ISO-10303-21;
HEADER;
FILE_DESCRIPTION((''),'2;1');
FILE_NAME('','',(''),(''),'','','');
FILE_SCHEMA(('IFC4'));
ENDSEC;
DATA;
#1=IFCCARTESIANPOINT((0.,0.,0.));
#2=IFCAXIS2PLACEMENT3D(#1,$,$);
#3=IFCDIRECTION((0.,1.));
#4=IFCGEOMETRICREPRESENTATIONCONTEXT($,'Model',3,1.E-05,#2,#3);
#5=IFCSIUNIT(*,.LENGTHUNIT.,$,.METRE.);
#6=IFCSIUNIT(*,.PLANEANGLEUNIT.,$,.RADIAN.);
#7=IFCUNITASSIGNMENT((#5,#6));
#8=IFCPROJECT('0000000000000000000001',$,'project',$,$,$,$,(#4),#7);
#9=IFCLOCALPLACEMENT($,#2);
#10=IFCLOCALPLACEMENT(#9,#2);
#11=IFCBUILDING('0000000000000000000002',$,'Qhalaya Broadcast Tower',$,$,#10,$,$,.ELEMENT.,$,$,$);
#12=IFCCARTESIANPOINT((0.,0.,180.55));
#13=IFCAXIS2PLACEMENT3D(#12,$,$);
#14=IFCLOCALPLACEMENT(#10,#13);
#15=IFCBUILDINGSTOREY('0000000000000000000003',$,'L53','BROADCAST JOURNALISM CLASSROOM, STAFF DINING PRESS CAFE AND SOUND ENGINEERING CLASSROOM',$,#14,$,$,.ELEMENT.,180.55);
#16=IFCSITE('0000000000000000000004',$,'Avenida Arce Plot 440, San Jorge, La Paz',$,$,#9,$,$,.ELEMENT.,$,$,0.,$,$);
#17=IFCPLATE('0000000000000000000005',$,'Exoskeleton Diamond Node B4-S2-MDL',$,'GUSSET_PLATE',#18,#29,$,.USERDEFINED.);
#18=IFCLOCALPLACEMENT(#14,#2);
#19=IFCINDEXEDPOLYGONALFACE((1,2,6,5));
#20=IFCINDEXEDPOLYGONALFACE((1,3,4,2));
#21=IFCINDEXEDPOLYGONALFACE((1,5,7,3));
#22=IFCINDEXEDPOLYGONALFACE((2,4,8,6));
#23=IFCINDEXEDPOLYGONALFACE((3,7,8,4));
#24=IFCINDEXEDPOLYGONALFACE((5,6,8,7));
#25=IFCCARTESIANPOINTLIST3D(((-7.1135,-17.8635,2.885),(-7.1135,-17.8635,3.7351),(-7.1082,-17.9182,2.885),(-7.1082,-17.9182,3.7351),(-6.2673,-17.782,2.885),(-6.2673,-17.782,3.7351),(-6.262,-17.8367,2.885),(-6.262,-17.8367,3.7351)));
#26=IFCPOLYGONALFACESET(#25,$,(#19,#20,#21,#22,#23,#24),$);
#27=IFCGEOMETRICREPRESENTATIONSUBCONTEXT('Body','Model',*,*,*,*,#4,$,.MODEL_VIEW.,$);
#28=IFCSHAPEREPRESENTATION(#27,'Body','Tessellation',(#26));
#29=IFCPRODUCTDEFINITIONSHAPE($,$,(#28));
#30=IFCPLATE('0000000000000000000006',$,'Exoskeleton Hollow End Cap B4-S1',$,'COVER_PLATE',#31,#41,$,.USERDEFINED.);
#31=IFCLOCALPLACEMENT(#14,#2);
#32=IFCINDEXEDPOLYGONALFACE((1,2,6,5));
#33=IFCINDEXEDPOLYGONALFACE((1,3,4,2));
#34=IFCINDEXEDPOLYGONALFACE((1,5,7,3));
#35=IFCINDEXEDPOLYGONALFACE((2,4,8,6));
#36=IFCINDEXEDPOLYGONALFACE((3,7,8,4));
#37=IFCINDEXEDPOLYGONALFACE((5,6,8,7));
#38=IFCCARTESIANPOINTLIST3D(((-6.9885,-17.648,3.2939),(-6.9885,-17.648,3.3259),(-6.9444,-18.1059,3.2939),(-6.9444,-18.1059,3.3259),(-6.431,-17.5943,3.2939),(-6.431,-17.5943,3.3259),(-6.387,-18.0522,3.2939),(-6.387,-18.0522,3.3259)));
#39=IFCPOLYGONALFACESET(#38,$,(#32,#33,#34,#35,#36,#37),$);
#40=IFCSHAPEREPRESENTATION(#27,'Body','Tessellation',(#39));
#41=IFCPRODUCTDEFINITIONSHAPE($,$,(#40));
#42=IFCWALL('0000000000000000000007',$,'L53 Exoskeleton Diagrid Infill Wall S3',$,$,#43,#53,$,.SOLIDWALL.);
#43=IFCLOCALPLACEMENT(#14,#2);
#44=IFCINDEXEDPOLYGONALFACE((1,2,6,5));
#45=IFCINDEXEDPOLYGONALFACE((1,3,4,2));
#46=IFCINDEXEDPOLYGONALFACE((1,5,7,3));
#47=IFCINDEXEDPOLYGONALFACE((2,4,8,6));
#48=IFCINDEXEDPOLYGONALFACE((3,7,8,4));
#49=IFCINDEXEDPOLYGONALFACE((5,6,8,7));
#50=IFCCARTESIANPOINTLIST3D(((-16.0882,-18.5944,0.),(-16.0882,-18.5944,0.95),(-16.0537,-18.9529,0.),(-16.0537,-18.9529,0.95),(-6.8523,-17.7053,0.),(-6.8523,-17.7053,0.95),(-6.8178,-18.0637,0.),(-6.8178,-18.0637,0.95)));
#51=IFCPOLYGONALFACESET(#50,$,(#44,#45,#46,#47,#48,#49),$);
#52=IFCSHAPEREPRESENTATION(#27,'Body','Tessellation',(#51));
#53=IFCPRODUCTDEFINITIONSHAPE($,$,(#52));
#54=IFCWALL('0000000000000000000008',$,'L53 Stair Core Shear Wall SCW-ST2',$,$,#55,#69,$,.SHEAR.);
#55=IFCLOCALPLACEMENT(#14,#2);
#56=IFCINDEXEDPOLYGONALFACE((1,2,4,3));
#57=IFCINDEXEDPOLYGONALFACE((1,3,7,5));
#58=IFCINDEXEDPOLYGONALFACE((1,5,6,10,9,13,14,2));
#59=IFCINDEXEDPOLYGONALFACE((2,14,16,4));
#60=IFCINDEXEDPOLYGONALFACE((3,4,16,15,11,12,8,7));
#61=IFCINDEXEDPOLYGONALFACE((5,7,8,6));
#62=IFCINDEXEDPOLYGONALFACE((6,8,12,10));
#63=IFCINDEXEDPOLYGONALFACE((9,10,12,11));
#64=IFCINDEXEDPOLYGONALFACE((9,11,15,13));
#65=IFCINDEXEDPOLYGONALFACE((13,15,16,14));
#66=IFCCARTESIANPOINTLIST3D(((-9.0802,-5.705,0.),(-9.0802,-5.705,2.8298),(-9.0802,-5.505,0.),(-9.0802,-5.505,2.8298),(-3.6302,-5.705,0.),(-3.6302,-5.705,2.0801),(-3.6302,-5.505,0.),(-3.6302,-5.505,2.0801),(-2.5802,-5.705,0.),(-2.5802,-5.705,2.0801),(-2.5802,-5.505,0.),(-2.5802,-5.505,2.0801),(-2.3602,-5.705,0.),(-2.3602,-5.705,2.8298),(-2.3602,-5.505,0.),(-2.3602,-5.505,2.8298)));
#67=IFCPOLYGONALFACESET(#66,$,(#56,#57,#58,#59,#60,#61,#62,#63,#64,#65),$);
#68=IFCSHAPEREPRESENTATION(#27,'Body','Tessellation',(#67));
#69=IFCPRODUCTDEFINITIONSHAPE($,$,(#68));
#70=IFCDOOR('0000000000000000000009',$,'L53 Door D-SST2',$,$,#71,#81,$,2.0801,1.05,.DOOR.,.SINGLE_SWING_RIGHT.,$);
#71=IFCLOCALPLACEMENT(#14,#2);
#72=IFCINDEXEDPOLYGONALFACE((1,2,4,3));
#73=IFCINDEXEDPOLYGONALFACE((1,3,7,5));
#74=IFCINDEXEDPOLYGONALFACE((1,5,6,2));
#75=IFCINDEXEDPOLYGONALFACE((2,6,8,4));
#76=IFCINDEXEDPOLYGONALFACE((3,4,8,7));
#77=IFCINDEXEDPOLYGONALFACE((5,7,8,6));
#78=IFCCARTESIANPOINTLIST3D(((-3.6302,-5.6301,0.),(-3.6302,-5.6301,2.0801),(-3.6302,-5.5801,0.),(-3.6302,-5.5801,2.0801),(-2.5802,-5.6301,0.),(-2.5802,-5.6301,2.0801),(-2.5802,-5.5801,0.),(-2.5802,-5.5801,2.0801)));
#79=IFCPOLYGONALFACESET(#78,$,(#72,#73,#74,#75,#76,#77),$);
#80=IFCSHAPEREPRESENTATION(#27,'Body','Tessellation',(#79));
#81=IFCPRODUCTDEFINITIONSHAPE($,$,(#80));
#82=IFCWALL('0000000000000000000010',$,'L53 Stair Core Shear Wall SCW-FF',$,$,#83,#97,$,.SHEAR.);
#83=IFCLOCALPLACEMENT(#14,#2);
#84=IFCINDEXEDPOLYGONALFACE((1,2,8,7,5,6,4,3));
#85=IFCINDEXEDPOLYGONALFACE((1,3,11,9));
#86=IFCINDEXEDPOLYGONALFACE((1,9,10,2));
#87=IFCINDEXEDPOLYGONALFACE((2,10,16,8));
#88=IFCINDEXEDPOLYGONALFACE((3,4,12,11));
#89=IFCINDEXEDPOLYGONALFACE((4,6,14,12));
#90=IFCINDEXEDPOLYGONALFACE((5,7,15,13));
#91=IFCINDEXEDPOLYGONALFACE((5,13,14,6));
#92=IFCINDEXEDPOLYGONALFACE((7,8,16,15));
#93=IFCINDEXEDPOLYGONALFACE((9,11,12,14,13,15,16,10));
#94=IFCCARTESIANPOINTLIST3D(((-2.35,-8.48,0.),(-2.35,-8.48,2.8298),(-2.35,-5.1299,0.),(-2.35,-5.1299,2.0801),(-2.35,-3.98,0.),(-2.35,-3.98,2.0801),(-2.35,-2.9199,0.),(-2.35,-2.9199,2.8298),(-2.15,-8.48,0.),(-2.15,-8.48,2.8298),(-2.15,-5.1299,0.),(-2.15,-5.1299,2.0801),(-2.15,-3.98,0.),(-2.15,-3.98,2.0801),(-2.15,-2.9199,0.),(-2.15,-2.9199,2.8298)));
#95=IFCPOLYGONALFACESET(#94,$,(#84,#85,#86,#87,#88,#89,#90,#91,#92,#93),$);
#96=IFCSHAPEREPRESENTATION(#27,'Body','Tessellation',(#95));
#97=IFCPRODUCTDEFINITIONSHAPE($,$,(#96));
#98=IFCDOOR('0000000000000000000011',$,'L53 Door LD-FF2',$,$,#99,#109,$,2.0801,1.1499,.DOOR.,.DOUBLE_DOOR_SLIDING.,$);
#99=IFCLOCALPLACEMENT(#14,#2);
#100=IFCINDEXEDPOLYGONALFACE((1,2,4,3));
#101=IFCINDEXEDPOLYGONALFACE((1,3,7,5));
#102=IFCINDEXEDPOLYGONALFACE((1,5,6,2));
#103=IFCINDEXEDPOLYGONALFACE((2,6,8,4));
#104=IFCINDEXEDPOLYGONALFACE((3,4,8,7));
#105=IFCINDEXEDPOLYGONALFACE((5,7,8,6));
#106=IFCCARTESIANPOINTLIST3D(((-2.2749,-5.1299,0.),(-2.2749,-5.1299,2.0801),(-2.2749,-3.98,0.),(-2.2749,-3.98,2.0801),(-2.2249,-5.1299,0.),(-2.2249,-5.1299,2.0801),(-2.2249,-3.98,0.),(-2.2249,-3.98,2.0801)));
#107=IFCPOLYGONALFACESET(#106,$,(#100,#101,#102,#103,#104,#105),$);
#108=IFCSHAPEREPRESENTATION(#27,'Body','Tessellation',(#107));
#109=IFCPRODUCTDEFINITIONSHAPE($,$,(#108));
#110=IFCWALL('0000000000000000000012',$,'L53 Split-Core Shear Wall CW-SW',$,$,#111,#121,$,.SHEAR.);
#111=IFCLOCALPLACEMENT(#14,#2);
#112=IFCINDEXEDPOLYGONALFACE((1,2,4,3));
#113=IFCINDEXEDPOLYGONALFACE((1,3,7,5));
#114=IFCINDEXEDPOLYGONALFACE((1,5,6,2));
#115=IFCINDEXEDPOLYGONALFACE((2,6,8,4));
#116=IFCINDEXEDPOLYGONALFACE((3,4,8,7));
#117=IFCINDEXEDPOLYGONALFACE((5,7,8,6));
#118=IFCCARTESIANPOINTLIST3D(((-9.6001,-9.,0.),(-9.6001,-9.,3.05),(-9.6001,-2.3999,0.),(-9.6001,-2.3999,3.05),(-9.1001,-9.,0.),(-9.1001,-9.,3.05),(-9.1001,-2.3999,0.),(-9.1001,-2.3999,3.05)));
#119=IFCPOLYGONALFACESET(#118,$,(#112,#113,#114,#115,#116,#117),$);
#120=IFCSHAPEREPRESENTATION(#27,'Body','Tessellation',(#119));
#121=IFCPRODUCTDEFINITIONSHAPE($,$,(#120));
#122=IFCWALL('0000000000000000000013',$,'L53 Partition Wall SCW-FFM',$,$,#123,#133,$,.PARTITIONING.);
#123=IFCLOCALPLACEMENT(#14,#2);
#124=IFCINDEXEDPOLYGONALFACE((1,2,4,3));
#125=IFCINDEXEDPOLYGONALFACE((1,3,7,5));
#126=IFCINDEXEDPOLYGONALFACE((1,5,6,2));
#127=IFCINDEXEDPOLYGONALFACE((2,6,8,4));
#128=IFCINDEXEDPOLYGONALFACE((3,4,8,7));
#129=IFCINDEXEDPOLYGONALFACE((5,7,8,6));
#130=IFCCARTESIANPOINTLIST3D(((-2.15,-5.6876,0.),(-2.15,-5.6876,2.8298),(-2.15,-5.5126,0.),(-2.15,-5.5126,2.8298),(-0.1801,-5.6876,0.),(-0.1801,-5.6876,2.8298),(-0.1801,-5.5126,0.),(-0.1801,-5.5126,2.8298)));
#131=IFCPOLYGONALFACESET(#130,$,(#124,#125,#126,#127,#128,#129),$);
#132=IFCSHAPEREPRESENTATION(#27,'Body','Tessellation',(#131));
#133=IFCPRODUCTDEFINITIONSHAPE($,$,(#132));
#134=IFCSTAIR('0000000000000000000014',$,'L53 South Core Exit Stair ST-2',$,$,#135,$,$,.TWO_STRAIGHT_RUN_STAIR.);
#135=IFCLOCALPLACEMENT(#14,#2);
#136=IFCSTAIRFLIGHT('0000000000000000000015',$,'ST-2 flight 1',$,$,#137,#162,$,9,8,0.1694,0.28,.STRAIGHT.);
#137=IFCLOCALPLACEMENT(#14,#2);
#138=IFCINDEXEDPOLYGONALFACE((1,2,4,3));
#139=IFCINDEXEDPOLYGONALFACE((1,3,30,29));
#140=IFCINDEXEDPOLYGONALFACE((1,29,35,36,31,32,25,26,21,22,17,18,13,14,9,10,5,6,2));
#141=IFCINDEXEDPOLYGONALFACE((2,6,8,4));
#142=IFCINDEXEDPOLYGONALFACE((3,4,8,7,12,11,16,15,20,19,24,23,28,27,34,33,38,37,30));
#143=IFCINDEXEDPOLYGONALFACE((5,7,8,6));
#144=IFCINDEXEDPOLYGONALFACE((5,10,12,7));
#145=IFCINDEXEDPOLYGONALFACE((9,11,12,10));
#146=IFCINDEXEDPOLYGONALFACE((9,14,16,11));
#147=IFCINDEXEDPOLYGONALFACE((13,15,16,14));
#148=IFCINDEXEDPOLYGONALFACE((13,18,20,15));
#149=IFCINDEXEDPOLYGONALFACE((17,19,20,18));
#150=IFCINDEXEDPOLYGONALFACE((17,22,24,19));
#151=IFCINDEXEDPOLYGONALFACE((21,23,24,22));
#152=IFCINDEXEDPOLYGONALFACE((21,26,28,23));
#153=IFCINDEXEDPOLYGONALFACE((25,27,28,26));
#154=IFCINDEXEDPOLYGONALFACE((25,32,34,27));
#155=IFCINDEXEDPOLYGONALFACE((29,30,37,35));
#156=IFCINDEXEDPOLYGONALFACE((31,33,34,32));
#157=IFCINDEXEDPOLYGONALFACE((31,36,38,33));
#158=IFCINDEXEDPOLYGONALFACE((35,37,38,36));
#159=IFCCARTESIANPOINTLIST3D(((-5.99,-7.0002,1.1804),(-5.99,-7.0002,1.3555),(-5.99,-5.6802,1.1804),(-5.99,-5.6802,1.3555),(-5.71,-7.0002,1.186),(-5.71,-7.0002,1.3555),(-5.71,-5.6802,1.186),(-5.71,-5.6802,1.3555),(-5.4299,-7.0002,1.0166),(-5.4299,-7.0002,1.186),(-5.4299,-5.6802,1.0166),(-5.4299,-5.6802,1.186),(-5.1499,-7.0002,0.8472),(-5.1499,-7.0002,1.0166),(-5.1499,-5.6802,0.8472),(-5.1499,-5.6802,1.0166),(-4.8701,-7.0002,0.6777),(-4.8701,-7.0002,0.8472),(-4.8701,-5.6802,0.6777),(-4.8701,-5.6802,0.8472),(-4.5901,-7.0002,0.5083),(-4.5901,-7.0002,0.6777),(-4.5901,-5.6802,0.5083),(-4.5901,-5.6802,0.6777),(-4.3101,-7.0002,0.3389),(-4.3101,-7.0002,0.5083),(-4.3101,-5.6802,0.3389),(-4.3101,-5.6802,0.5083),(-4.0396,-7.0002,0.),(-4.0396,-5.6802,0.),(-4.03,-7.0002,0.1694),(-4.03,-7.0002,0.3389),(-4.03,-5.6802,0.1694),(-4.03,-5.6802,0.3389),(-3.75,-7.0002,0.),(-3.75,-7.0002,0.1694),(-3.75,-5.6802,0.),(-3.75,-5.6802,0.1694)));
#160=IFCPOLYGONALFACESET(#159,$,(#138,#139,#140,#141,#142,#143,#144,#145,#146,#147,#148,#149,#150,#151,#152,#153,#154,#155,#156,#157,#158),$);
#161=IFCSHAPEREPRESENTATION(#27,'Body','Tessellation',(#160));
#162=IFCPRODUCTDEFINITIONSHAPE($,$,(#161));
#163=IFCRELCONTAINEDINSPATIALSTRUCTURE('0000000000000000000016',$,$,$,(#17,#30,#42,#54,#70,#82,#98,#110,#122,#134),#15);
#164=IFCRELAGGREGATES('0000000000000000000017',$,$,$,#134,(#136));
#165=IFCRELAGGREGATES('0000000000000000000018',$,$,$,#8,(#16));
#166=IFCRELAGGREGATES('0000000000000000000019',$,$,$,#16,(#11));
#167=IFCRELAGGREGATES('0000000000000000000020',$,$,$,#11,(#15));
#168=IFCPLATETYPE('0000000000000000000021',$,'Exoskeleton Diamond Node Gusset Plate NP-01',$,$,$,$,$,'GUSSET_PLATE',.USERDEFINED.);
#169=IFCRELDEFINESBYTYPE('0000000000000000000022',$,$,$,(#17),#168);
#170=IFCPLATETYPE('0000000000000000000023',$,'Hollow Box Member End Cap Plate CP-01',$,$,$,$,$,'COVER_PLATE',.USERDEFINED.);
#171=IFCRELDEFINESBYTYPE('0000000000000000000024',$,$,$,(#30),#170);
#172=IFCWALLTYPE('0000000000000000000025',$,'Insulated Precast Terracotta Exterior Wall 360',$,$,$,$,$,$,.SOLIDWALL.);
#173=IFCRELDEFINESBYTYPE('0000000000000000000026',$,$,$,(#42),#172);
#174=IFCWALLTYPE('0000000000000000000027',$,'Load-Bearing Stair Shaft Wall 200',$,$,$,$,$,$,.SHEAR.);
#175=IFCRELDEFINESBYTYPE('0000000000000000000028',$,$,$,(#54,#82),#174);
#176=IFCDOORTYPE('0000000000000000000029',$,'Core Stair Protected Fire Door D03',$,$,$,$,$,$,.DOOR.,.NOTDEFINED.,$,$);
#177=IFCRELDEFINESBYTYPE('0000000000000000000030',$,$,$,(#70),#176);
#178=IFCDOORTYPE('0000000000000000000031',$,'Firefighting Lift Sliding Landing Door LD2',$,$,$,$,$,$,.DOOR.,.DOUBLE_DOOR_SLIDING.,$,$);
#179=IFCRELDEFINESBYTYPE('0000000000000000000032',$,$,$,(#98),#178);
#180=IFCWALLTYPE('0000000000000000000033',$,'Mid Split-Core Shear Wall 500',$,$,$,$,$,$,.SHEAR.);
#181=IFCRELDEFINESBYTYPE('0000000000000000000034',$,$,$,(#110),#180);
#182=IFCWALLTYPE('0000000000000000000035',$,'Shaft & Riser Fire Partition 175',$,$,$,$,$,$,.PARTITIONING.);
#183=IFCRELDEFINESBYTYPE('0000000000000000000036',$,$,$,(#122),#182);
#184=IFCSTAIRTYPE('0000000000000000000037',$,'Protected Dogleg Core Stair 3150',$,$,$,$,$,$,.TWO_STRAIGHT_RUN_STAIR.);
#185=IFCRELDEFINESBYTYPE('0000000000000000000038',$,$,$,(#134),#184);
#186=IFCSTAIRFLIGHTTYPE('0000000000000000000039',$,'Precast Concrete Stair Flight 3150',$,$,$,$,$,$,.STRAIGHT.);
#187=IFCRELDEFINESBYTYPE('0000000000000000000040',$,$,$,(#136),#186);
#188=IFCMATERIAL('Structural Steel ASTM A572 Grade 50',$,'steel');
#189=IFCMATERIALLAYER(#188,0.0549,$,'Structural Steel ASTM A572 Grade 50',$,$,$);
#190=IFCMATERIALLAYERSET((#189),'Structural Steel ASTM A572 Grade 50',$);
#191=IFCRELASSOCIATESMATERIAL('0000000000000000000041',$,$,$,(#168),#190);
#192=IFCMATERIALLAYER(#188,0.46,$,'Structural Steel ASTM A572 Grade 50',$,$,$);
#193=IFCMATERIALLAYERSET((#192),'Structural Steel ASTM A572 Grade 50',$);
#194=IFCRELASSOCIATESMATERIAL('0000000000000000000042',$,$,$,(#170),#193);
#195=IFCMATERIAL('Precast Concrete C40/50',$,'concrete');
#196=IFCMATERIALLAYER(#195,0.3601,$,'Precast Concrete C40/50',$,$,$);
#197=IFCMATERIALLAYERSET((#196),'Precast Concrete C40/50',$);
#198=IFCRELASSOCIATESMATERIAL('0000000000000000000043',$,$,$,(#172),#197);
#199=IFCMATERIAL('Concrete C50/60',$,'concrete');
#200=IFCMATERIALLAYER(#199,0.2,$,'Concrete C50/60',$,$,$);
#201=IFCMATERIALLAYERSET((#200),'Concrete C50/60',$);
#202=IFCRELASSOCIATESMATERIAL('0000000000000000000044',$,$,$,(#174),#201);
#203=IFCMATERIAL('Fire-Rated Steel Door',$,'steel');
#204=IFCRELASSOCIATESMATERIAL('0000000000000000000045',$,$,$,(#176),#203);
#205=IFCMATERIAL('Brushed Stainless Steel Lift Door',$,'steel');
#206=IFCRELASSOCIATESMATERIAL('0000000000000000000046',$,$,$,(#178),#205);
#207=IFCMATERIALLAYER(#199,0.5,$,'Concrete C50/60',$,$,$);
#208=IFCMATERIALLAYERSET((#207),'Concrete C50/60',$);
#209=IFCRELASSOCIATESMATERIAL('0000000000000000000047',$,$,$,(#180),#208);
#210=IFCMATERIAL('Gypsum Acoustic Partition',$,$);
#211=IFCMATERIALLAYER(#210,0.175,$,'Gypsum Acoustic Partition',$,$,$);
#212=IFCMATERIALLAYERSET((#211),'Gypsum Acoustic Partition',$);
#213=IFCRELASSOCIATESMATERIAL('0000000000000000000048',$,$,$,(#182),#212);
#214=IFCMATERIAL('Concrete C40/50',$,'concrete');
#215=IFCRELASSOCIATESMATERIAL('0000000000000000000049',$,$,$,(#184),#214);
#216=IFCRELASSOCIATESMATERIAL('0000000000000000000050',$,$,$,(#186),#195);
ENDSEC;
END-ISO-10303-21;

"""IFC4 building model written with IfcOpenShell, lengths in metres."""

from ifc_helpers import new_model, si_unit, direction, frame, frame_2d, origin, origin_2d, place, context, subcontext, project, spatial, polyline, rectangle, outline, extrude, material, layer, layer_set, type_object, element, fill, aggregate, save


model = new_model("IFC4")

# Units and contexts
model_context = context("Model", 3, precision=1e-05, world=origin(), true_north=direction((0.0, 1.0)))
body_context = subcontext(model_context, "Body", "Model", "MODEL_VIEW")
ifc_project = project(units=[si_unit("LENGTHUNIT", "METRE"), si_unit("PLANEANGLEUNIT", "RADIAN")], contexts=[model_context])

# Site, building, storey
site_placement = place(None, origin())
site = spatial("IfcSite", under=ifc_project, at=site_placement, Name="Avenida Arce Plot 440, San Jorge, La Paz", CompositionType="ELEMENT", RefElevation=0.0)
building_placement = place(site_placement, origin())
building = spatial("IfcBuilding", under=site, at=building_placement, Name="Qhalaya Broadcast Tower", CompositionType="ELEMENT")
storey_placement = place(building_placement, frame((0.0, 0.0, 180.55)))
storey = spatial("IfcBuildingStorey", under=building, at=storey_placement, Name="L53", Description="BROADCAST JOURNALISM CLASSROOM, STAFF DINING PRESS CAFE AND SOUND ENGINEERING CLASSROOM", CompositionType="ELEMENT", Elevation=180.55)

# Shared definitions
ifc_material_1 = material(Name="Concrete C50/60", Category="concrete")
ifc_material_2 = material(Name="Structural Steel ASTM A572 Grade 50", Category="steel")

# Plates
ifc_layer_1 = layer(ifc_material_2, 0.0549, Name="Structural Steel ASTM A572 Grade 50")
ifc_layer_set_1 = layer_set([ifc_layer_1], Name="Structural Steel ASTM A572 Grade 50")
plate_type_1 = type_object("IfcPlateType", Name="Exoskeleton Diamond Node Gusset Plate NP-01", ElementType="GUSSET_PLATE", PredefinedType="USERDEFINED", material=ifc_layer_set_1)
plate_1_placement = place(storey_placement, frame((-6.6877, -17.8501, 2.885), z_axis=(0.0, 0.0, 1.0), x_axis=(0.995396, 0.095846, 0.0)))
element("IfcPlate", 1, at=plate_1_placement, inside=storey, type_object=plate_type_1, Name="Exoskeleton Diamond Node B4-S2-MDL", ObjectType="GUSSET_PLATE", PredefinedType="USERDEFINED", context=body_context, shape_type="SweptSolid", body=[
    extrude(rectangle(XDim=0.8501, YDim=0.0549, at=origin_2d()), origin(), (0.0, 0.0, 1.0), 0.8501),
])
ifc_layer_2 = layer(ifc_material_2, 0.46, Name="Structural Steel ASTM A572 Grade 50")
ifc_layer_set_2 = layer_set([ifc_layer_2], Name="Structural Steel ASTM A572 Grade 50")
plate_type_2 = type_object("IfcPlateType", Name="Hollow Box Member End Cap Plate CP-01", ElementType="COVER_PLATE", PredefinedType="USERDEFINED", material=ifc_layer_set_2)
plate_2_placement = place(storey_placement, frame((-6.6877, -17.8501, 3.2939), z_axis=(0.0, 0.0, 1.0), x_axis=(0.995396, 0.095846, 0.0)))
element("IfcPlate", 2, at=plate_2_placement, inside=storey, type_object=plate_type_2, Name="Exoskeleton Hollow End Cap B4-S1", ObjectType="COVER_PLATE", PredefinedType="USERDEFINED", context=body_context, shape_type="SweptSolid", body=[
    extrude(rectangle(XDim=0.5601, YDim=0.46, at=origin_2d()), origin(), (0.0, 0.0, 1.0), 0.032),
])

# Wall
ifc_material_3 = material(Name="Precast Concrete C40/50", Category="concrete")
ifc_layer_3 = layer(ifc_material_3, 0.3601, Name="Precast Concrete C40/50")
ifc_layer_set_3 = layer_set([ifc_layer_3], Name="Precast Concrete C40/50")
wall_type_1 = type_object("IfcWallType", Name="Insulated Precast Terracotta Exterior Wall 360", PredefinedType="SOLIDWALL", material=ifc_layer_set_3)
wall_1_placement = place(storey_placement, frame((-6.8352, -17.8845, 0.0), z_axis=(0.0, 0.0, 1.0), x_axis=(-0.995398, -0.09583, 0.0)))
element("IfcWall", 3, at=wall_1_placement, inside=storey, type_object=wall_type_1, Name="L53 Exoskeleton Diagrid Infill Wall S3", PredefinedType="SOLIDWALL", context=body_context, shape_type="SweptSolid", body=[
    extrude(rectangle(XDim=9.2786, YDim=0.3601, at=frame_2d((4.6392, 0.0))), origin(), (0.0, 0.0, 1.0), 0.95),
])

# Walls, openings, doors
ifc_layer_4 = layer(ifc_material_1, 0.2, Name="Concrete C50/60")
ifc_layer_set_4 = layer_set([ifc_layer_4], Name="Concrete C50/60")
wall_type_2 = type_object("IfcWallType", Name="Load-Bearing Stair Shaft Wall 200", PredefinedType="SHEAR", material=ifc_layer_set_4)
wall_2_placement = place(storey_placement, frame((-9.0801, -5.605, 0.0), z_axis=(0.0, 0.0, 1.0), x_axis=(1.0, 0.0, 0.0)))
wall_2 = element("IfcWall", 4, at=wall_2_placement, inside=storey, type_object=wall_type_2, Name="L53 Stair Core Shear Wall SCW-ST2", PredefinedType="SHEAR", context=body_context, shape_type="SweptSolid", body=[
    extrude(rectangle(XDim=6.72, YDim=0.2, at=frame_2d((3.3599, 0.0))), origin(), (0.0, 0.0, 1.0), 2.8298),
])
opening_1_placement = place(wall_2_placement, frame((5.45, 0.0, 0.0)))
opening_1 = element("IfcOpeningElement", 5, at=opening_1_placement, cuts=wall_2, PredefinedType="OPENING", context=body_context, shape_type="SweptSolid", body=[
    extrude(rectangle(XDim=1.05, YDim=2.0801, at=frame_2d((0.5249, 1.04))), frame((0.0, 0.1121, 0.0), z_axis=(0.0, -1.0, 0.0), x_axis=(1.0, 0.0, 0.0)), (0.0, 0.0, 1.0), 0.2239),
])
ifc_material_4 = material(Name="Fire-Rated Steel Door", Category="steel")
door_type_1 = type_object("IfcDoorType", Name="Core Stair Protected Fire Door D03", OperationType="NOTDEFINED", PredefinedType="DOOR", material=ifc_material_4)
door_1_placement = place(opening_1_placement, origin())
door_1 = element("IfcDoor", 6, at=door_1_placement, inside=storey, type_object=door_type_1, Name="L53 Door D-SST2", OperationType="SINGLE_SWING_RIGHT", OverallHeight=2.0801, OverallWidth=1.05, PredefinedType="DOOR", context=body_context, shape_type="SweptSolid", body=[
    extrude(rectangle(XDim=1.05, YDim=2.0801, at=frame_2d((0.5249, 1.04))), frame((0.0, 0.0249, 0.0), z_axis=(0.0, -1.0, 0.0), x_axis=(1.0, 0.0, 0.0)), (0.0, 0.0, 1.0), 0.05),
])
fill(opening_1, door_1)
wall_3_placement = place(storey_placement, frame((-2.25, -8.48, 0.0), z_axis=(0.0, 0.0, 1.0), x_axis=(0.0, 1.0, 0.0)))
wall_3 = element("IfcWall", 7, at=wall_3_placement, inside=storey, type_object=wall_type_2, Name="L53 Stair Core Shear Wall SCW-FF", PredefinedType="SHEAR", context=body_context, shape_type="SweptSolid", body=[
    extrude(rectangle(XDim=5.5601, YDim=0.2, at=frame_2d((2.78, 0.0))), origin(), (0.0, 0.0, 1.0), 2.8298),
])
opening_2_placement = place(wall_3_placement, frame((3.3501, 0.0, 0.0)))
opening_2 = element("IfcOpeningElement", 8, at=opening_2_placement, cuts=wall_3, PredefinedType="OPENING", context=body_context, shape_type="SweptSolid", body=[
    extrude(rectangle(XDim=1.1499, YDim=2.0801, at=frame_2d((0.575, 1.04))), frame((0.0, 0.1121, 0.0), z_axis=(0.0, -1.0, 0.0), x_axis=(1.0, 0.0, 0.0)), (0.0, 0.0, 1.0), 0.2239),
])
ifc_material_5 = material(Name="Brushed Stainless Steel Lift Door", Category="steel")
door_type_2 = type_object("IfcDoorType", Name="Firefighting Lift Sliding Landing Door LD2", OperationType="DOUBLE_DOOR_SLIDING", PredefinedType="DOOR", material=ifc_material_5)
door_2_placement = place(opening_2_placement, origin())
door_2 = element("IfcDoor", 9, at=door_2_placement, inside=storey, type_object=door_type_2, Name="L53 Door LD-FF2", OperationType="DOUBLE_DOOR_SLIDING", OverallHeight=2.0801, OverallWidth=1.1499, PredefinedType="DOOR", context=body_context, shape_type="SweptSolid", body=[
    extrude(rectangle(XDim=1.1499, YDim=2.0801, at=frame_2d((0.575, 1.04))), frame((0.0, 0.0249, 0.0), z_axis=(0.0, -1.0, 0.0), x_axis=(1.0, 0.0, 0.0)), (0.0, 0.0, 1.0), 0.05),
])
fill(opening_2, door_2)

# Walls
ifc_layer_5 = layer(ifc_material_1, 0.5, Name="Concrete C50/60")
ifc_layer_set_5 = layer_set([ifc_layer_5], Name="Concrete C50/60")
wall_type_3 = type_object("IfcWallType", Name="Mid Split-Core Shear Wall 500", PredefinedType="SHEAR", material=ifc_layer_set_5)
wall_4_placement = place(storey_placement, frame((-9.3501, -9.0, 0.0), z_axis=(0.0, 0.0, 1.0), x_axis=(0.0, 1.0, 0.0)))
element("IfcWall", 10, at=wall_4_placement, inside=storey, type_object=wall_type_3, Name="L53 Split-Core Shear Wall CW-SW", PredefinedType="SHEAR", context=body_context, shape_type="SweptSolid", body=[
    extrude(rectangle(XDim=6.6001, YDim=0.5, at=frame_2d((3.3, 0.0))), origin(), (0.0, 0.0, 1.0), 3.05),
])
ifc_material_6 = material(Name="Gypsum Acoustic Partition")
ifc_layer_6 = layer(ifc_material_6, 0.175, Name="Gypsum Acoustic Partition")
ifc_layer_set_6 = layer_set([ifc_layer_6], Name="Gypsum Acoustic Partition")
wall_type_4 = type_object("IfcWallType", Name="Shaft & Riser Fire Partition 175", PredefinedType="PARTITIONING", material=ifc_layer_set_6)
wall_5_placement = place(storey_placement, frame((-2.1499, -5.6001, 0.0), z_axis=(0.0, 0.0, 1.0), x_axis=(1.0, 0.0, 0.0)))
element("IfcWall", 11, at=wall_5_placement, inside=storey, type_object=wall_type_4, Name="L53 Partition Wall SCW-FFM", PredefinedType="PARTITIONING", context=body_context, shape_type="SweptSolid", body=[
    extrude(rectangle(XDim=1.97, YDim=0.175, at=frame_2d((0.9849, 0.0))), origin(), (0.0, 0.0, 1.0), 2.8298),
])

# Stair, stair flight
ifc_material_7 = material(Name="Concrete C40/50", Category="concrete")
stair_type = type_object("IfcStairType", Name="Protected Dogleg Core Stair 3150", PredefinedType="TWO_STRAIGHT_RUN_STAIR", material=ifc_material_7)
stair_placement = place(storey_placement, origin())
stair = element("IfcStair", 12, at=stair_placement, inside=storey, type_object=stair_type, Name="L53 South Core Exit Stair ST-2", PredefinedType="TWO_STRAIGHT_RUN_STAIR")
stair_flight_type = type_object("IfcStairFlightType", Name="Precast Concrete Stair Flight 3150", PredefinedType="STRAIGHT", material=ifc_material_3)
stair_flight_1_placement = place(storey_placement, frame((-3.75, -6.3401, 0.0), z_axis=(0.0, 0.0, 1.0), x_axis=(-1.0, 0.0, 0.0)))
stair_flight_1 = element("IfcStairFlight", 13, at=stair_flight_1_placement, type_object=stair_flight_type, Name="ST-2 flight 1", NumberOfRisers=9, NumberOfTreads=8, PredefinedType="STRAIGHT", RiserHeight=0.1694, TreadLength=0.28, context=body_context, shape_type="SweptSolid", body=[
    extrude(outline(polyline([(0.0, 0.0), (0.0, 0.1694), (0.28, 0.1694), (0.28, 0.3389), (0.5601, 0.3389), (0.5601, 0.5083), (0.8401, 0.5083), (0.8401, 0.6777), (1.1201, 0.6777), (1.1201, 0.8472), (1.3999, 0.8472), (1.3999, 1.0166), (1.6799, 1.0166), (1.6799, 1.186), (1.96, 1.186), (1.96, 1.3555), (2.24, 1.3555), (2.24, 1.5249), (2.24, 1.1804), (0.2896, 0.0), (0.0, 0.0)])), frame((0.0, 0.6602, 0.0), z_axis=(0.0, -1.0, 0.0), x_axis=(1.0, 0.0, 0.0)), (0.0, 0.0, 1.0), 1.3201),
])
aggregate(stair, [stair_flight_1])

save(model, "model.ifc")
